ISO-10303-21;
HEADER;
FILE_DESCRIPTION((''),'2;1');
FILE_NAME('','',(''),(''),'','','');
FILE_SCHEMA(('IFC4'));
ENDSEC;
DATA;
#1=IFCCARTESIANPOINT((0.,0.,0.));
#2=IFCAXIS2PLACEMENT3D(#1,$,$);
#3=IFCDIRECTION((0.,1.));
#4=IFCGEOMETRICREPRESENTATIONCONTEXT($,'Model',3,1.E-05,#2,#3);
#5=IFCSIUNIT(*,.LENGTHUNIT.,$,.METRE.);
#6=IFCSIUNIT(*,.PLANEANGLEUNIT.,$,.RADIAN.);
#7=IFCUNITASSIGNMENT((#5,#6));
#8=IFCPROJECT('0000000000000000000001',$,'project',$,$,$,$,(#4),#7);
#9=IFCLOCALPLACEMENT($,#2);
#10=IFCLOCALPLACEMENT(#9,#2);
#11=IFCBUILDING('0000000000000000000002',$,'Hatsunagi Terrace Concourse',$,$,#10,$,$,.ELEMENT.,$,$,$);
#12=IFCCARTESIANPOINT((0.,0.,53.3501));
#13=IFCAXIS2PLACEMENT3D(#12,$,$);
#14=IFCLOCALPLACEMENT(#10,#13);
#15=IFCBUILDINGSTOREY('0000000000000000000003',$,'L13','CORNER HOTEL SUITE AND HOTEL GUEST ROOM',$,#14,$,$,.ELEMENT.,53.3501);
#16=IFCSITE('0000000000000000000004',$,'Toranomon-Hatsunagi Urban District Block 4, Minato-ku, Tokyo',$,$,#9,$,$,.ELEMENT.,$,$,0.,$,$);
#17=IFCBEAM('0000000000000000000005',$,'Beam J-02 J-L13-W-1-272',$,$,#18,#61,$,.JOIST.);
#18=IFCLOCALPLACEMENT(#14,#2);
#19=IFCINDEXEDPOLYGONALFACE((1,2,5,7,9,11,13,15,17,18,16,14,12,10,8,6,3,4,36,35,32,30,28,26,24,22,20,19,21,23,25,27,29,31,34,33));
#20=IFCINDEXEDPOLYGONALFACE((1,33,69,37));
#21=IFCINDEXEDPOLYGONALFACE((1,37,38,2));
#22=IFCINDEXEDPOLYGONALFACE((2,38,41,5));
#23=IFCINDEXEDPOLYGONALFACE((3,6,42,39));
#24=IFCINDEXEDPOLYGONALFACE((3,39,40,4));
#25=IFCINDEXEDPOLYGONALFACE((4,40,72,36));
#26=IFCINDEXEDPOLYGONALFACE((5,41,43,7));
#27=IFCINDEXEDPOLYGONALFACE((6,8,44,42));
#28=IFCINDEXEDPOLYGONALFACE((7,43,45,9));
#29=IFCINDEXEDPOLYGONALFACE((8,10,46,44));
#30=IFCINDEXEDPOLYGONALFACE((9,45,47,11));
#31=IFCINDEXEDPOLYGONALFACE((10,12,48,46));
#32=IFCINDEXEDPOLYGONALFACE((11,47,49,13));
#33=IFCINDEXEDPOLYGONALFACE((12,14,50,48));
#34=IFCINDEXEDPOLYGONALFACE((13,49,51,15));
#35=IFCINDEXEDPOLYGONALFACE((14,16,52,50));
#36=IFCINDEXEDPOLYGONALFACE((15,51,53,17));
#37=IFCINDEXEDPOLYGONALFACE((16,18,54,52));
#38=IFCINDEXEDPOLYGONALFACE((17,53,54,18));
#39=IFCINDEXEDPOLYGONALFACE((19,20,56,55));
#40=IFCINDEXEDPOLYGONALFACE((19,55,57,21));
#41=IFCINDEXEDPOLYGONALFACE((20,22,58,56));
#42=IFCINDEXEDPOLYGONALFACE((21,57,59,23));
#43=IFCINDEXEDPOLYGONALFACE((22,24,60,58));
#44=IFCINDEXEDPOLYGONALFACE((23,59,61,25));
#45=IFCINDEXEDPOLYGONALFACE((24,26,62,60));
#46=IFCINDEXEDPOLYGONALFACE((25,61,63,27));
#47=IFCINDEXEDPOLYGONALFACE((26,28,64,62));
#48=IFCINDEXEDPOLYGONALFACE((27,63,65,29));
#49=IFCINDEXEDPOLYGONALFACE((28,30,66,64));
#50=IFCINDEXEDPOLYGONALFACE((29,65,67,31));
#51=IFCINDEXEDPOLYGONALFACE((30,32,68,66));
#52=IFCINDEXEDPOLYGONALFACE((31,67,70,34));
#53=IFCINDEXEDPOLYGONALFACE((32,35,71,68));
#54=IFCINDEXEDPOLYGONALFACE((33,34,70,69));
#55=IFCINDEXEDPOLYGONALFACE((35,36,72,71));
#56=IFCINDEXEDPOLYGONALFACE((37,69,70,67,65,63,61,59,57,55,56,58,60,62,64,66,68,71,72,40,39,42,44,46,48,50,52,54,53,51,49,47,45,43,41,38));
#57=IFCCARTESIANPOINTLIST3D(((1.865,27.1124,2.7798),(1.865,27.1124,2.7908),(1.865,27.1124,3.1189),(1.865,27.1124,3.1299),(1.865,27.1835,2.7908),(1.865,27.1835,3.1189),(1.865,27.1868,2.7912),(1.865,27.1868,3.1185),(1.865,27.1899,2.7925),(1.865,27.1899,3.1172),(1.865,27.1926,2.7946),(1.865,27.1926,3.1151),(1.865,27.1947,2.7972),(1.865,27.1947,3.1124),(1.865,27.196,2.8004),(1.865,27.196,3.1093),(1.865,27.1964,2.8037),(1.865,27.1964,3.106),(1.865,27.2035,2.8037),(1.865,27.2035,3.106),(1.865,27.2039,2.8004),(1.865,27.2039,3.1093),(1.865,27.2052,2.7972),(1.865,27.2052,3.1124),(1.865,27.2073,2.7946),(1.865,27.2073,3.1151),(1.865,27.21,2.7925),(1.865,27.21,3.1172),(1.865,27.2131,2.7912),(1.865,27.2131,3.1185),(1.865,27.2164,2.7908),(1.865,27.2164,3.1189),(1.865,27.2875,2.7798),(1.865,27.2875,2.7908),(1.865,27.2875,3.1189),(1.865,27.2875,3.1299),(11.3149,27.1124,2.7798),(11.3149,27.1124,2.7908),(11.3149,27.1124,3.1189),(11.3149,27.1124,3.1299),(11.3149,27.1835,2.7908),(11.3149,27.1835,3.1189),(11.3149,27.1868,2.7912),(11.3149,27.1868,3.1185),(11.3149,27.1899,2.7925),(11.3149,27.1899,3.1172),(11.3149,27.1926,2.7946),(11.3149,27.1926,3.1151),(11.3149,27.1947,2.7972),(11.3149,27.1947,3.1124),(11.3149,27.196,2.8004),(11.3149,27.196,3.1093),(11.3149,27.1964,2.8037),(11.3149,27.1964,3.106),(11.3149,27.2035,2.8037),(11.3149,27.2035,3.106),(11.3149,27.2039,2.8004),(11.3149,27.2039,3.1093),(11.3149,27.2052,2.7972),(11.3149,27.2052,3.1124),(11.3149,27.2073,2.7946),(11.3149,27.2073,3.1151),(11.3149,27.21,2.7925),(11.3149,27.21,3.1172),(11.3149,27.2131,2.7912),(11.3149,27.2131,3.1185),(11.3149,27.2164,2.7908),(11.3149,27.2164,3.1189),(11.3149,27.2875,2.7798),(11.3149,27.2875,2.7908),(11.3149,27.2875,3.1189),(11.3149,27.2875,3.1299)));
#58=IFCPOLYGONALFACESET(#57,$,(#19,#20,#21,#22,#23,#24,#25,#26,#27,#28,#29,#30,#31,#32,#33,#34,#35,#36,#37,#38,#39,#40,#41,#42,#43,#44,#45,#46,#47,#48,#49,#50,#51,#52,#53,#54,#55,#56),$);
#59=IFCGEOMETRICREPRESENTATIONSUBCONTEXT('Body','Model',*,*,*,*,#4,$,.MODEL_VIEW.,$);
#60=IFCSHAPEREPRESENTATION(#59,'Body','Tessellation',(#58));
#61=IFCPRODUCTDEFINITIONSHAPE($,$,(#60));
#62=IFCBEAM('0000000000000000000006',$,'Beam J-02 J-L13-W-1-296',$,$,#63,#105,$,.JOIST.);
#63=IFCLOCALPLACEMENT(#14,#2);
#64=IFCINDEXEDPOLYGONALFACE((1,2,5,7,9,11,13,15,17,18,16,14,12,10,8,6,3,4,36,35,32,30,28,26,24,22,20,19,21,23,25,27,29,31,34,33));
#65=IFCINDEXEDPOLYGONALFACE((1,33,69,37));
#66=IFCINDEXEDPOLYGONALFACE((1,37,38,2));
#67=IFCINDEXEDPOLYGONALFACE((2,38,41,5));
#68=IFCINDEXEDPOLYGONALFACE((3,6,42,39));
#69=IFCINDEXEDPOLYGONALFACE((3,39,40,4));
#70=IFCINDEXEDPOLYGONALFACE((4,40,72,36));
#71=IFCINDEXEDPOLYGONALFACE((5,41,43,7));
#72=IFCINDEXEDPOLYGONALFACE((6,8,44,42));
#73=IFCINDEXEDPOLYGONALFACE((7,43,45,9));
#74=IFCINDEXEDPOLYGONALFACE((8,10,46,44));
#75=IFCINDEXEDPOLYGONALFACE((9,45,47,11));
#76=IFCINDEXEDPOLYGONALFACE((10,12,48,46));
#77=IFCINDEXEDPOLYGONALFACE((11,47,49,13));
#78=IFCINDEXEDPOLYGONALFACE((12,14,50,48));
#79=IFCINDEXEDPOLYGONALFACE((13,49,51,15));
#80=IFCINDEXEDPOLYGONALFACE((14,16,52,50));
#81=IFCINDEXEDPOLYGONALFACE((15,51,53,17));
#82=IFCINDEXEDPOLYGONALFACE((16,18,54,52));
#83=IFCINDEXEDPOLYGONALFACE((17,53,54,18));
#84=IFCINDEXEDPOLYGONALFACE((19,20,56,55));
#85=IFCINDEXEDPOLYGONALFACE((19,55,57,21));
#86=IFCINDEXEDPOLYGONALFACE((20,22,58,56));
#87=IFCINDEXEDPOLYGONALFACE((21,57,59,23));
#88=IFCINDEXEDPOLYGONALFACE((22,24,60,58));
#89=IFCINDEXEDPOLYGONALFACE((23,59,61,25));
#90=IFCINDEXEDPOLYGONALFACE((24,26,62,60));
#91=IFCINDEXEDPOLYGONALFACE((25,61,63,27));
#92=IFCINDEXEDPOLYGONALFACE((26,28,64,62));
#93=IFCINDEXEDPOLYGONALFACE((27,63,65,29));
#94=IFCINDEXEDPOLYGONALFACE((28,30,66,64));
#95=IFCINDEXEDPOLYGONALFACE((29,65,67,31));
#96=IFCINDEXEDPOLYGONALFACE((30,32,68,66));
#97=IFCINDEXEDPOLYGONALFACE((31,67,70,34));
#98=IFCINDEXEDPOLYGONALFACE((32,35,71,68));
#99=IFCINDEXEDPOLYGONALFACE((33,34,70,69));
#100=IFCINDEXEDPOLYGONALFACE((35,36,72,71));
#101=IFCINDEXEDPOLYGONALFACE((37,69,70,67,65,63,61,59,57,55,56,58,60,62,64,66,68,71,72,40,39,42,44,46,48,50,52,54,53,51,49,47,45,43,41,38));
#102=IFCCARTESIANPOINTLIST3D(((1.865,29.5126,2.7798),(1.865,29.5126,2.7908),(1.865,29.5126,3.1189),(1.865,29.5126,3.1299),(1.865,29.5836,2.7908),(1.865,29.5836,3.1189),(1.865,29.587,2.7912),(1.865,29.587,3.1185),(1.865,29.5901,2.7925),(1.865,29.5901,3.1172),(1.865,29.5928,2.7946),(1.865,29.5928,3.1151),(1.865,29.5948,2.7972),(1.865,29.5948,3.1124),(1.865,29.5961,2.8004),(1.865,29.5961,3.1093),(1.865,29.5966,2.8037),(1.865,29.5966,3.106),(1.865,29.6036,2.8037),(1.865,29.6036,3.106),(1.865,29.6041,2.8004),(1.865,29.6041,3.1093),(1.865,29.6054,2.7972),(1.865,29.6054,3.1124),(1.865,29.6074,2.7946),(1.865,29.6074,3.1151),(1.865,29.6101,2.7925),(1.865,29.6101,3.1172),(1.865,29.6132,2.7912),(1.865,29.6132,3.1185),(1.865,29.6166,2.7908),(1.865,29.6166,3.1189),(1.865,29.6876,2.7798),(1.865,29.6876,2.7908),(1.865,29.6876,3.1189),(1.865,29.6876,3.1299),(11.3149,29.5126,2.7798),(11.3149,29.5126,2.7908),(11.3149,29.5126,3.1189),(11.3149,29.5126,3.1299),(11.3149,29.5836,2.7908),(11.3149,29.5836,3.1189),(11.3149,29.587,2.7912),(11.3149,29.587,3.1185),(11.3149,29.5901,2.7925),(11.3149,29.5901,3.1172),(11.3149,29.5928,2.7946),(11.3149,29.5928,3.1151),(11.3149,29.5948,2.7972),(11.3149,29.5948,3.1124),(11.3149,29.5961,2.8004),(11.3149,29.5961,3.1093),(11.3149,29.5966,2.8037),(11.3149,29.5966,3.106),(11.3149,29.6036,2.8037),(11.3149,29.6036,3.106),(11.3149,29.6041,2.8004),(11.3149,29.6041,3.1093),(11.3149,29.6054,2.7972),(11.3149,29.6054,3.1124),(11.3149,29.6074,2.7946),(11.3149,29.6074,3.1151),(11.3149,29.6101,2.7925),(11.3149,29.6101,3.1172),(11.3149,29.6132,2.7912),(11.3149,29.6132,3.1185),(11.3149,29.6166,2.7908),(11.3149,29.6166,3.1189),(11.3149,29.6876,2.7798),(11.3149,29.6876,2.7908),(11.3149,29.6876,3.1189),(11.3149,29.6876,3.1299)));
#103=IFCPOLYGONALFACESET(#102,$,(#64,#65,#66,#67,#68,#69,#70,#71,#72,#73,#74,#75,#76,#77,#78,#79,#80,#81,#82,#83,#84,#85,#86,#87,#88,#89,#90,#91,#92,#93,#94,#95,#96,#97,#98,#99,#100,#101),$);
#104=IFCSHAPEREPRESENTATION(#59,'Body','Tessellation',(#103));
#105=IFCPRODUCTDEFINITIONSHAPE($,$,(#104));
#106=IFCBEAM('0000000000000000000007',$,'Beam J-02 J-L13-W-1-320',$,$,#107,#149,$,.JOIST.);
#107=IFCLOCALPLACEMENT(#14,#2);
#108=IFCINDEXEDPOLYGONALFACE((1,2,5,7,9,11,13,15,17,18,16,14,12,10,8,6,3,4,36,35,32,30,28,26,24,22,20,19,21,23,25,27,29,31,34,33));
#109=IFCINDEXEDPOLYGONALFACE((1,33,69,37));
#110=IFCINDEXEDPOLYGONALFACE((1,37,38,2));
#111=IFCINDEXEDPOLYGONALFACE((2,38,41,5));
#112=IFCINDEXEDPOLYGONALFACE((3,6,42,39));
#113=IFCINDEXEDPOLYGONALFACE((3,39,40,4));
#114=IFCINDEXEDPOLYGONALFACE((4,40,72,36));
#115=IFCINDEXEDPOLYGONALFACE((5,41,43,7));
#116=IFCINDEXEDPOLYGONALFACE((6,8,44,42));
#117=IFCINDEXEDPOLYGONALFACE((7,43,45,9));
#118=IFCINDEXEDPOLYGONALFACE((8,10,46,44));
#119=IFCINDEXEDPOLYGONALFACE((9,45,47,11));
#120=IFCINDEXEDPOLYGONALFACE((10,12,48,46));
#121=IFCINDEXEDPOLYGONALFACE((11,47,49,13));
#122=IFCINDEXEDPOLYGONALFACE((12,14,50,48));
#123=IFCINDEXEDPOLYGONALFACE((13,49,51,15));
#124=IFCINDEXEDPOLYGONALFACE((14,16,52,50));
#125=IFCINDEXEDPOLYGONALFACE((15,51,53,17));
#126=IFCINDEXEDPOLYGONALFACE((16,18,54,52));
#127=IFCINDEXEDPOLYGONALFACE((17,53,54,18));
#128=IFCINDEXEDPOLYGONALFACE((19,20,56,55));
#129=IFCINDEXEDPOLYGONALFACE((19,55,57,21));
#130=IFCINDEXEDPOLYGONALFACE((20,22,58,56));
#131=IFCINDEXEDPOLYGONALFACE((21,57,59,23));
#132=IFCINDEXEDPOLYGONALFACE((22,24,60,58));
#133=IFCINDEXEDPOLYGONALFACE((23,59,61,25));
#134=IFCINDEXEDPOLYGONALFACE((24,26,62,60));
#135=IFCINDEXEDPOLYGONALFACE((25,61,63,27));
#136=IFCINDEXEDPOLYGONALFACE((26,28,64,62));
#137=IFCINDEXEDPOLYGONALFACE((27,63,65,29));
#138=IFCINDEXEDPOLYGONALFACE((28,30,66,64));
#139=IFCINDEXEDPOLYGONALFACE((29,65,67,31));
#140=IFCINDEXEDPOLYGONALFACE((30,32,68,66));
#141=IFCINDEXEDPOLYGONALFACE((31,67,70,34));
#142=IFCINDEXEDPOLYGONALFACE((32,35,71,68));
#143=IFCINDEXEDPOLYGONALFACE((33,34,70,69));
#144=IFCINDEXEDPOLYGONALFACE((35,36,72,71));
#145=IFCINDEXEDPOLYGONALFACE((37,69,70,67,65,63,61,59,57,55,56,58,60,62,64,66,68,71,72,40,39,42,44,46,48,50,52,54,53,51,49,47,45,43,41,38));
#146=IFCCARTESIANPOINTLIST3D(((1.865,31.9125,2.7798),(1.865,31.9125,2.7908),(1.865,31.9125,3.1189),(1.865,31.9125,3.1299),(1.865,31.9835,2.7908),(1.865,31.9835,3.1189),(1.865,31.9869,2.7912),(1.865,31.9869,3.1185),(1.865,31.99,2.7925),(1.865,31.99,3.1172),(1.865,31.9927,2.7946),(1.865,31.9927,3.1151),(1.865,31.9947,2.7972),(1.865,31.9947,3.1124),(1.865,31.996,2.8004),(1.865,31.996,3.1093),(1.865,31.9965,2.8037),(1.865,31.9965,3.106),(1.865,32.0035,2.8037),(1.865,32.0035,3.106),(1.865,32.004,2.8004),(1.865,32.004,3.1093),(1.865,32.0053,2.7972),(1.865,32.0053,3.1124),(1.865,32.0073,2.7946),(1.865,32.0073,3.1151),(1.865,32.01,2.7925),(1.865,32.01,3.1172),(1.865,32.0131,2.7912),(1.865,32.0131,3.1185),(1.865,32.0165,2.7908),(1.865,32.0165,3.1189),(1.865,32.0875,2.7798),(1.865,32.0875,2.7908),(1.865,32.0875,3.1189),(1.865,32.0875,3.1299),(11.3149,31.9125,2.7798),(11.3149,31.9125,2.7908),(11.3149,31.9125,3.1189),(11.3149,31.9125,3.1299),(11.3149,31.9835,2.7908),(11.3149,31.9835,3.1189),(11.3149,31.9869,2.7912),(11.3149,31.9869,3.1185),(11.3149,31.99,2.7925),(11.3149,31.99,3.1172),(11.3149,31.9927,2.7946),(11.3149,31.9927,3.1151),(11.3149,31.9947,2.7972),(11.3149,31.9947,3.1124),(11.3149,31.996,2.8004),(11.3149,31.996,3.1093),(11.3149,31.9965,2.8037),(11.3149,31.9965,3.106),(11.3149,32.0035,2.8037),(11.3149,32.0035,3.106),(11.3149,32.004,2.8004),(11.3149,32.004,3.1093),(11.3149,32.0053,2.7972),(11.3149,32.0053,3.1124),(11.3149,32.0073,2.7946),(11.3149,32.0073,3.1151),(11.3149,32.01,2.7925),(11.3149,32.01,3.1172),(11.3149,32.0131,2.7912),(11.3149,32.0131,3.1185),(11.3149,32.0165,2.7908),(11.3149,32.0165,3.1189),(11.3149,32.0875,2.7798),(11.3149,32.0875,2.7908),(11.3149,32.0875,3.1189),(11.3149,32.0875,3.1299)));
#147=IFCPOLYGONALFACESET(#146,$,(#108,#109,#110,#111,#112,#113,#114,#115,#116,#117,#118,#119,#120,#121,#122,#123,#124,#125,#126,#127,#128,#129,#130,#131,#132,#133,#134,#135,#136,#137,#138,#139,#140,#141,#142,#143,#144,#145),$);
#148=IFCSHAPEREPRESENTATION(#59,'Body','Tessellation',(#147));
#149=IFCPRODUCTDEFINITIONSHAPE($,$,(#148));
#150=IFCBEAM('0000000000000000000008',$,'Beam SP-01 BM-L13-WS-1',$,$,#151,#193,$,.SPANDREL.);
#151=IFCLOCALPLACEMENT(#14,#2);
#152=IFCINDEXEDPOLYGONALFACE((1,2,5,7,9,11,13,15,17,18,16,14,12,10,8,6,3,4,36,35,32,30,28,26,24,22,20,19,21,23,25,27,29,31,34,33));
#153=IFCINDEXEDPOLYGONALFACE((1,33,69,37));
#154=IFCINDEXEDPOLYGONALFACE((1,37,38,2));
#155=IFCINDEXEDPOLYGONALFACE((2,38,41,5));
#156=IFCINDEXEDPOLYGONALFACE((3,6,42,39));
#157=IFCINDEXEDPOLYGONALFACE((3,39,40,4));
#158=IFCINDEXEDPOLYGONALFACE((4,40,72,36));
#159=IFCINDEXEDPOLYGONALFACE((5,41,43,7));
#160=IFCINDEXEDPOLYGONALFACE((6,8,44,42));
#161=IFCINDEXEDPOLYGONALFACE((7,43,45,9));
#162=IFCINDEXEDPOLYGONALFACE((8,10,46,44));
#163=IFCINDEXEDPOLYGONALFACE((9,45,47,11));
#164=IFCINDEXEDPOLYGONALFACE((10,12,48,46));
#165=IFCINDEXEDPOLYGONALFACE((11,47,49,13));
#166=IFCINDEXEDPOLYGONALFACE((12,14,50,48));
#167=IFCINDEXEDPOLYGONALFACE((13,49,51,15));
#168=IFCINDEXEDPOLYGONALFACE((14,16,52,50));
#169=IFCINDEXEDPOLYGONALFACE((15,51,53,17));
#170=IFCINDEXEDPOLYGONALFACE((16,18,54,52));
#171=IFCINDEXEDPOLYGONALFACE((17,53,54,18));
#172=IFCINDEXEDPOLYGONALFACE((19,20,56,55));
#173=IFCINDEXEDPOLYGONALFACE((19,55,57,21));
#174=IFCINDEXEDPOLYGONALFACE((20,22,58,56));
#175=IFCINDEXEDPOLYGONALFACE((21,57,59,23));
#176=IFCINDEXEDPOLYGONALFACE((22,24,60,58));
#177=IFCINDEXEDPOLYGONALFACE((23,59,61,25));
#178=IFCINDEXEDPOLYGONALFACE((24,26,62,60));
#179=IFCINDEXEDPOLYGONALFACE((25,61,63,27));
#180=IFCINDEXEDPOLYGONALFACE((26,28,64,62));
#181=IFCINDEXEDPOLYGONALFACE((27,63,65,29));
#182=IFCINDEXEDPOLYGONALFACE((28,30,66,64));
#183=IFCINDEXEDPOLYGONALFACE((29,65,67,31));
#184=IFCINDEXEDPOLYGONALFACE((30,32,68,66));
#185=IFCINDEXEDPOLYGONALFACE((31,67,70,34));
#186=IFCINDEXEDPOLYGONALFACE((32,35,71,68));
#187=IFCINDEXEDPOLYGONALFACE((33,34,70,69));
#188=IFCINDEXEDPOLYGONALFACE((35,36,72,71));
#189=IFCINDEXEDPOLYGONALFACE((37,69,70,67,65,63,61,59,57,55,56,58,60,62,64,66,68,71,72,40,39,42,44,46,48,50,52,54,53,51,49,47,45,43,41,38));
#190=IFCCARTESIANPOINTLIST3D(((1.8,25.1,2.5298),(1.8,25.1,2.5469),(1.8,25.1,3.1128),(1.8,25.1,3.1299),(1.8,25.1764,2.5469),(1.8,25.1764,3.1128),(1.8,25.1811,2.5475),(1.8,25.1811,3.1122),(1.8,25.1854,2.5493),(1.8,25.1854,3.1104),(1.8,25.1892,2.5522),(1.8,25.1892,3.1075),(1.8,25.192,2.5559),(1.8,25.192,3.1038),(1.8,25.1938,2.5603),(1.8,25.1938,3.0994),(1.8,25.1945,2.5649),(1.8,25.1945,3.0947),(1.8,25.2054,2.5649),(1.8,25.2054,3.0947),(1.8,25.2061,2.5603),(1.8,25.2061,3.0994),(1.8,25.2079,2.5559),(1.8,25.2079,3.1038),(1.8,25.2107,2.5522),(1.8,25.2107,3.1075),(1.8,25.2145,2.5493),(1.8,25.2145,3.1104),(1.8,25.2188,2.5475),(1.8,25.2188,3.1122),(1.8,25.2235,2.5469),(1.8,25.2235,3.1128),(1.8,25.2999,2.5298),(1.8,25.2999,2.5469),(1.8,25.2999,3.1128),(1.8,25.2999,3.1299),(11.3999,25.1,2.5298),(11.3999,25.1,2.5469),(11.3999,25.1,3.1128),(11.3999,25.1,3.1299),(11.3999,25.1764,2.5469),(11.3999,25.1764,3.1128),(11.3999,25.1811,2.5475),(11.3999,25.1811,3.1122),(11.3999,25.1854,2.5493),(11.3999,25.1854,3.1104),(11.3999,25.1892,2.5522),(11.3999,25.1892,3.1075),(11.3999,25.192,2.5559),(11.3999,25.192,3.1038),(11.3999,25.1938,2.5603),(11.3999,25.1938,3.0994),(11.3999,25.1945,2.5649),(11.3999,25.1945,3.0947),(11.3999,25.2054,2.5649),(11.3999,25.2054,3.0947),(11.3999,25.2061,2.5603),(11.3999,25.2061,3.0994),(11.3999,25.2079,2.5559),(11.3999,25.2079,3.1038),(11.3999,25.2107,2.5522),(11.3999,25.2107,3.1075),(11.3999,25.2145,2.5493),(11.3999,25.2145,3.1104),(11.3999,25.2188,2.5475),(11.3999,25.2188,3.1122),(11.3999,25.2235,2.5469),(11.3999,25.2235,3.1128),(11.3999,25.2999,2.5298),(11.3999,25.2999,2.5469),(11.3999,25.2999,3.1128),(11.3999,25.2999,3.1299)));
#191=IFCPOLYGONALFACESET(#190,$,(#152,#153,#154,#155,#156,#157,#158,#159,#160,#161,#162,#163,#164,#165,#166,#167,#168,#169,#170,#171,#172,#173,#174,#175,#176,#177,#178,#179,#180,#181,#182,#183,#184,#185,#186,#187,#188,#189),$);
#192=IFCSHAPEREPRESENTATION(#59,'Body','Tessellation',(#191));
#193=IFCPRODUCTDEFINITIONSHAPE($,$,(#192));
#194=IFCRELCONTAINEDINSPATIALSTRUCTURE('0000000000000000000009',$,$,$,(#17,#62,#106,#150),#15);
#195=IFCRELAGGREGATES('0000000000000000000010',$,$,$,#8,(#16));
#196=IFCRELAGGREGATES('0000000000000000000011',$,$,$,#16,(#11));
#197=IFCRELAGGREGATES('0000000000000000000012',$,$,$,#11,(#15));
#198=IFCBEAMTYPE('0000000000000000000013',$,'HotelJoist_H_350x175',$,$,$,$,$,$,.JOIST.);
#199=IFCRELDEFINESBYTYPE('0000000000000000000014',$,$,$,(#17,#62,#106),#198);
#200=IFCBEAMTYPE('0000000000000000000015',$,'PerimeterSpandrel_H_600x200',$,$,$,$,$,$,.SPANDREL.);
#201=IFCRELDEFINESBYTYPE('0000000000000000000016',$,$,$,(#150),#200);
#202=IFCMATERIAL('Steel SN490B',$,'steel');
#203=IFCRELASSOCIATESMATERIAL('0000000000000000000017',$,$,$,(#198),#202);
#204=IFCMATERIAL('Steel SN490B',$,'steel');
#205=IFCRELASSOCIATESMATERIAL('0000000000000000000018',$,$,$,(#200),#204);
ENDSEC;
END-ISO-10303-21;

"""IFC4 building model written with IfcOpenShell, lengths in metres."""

from ifc_helpers import new_model, si_unit, direction, frame, origin, origin_2d, place, context, subcontext, project, spatial, i_section, extrude, material, material_profile, profile_set, type_object, element, save


model = new_model("IFC4")

# Units and contexts
model_context = context("Model", 3, precision=1e-05, world=origin(), true_north=direction((0.0, 1.0)))
body_context = subcontext(model_context, "Body", "Model", "MODEL_VIEW")
ifc_project = project(units=[si_unit("LENGTHUNIT", "METRE"), si_unit("PLANEANGLEUNIT", "RADIAN")], contexts=[model_context])

# Site, building, storey
site_placement = place(None, origin())
site = spatial("IfcSite", under=ifc_project, at=site_placement, Name="Toranomon-Hatsunagi Urban District Block 4, Minato-ku, Tokyo", CompositionType="ELEMENT", RefElevation=0.0)
building_placement = place(site_placement, origin())
building = spatial("IfcBuilding", under=site, at=building_placement, Name="Hatsunagi Terrace Concourse", CompositionType="ELEMENT")
storey_placement = place(building_placement, frame((0.0, 0.0, 53.3501)))
storey = spatial("IfcBuildingStorey", under=building, at=storey_placement, Name="L13", Description="CORNER HOTEL SUITE AND HOTEL GUEST ROOM", CompositionType="ELEMENT", Elevation=53.3501)

# Beams
ifc_material_1 = material(Name="Steel SN490B", Category="steel")
ifc_material_profile_1 = material_profile(ifc_material_1, i_section(OverallWidth=0.175, OverallDepth=0.3501, WebThickness=0.0071, FlangeThickness=0.011, FilletRadius=0.0129, at=origin_2d()), Name="H-350x175x7x11")
ifc_profile_set_1 = profile_set([ifc_material_profile_1], Name="Steel SN490B")
beam_type_1 = type_object("IfcBeamType", Name="HotelJoist_H_350x175", PredefinedType="JOIST", material=ifc_profile_set_1)
for number, where, z_axis, x_axis, name in (
    (1, (1.865, 27.2, 2.9548), (1.0, 0.0, 0.0), (0.0, 1.0, 0.0), "Beam J-02 J-L13-W-1-272"),
    (2, (1.865, 29.6001, 2.9548), (1.0, 0.0, 0.0), (0.0, 1.0, 0.0), "Beam J-02 J-L13-W-1-296"),
    (3, (1.865, 32.0, 2.9548), (1.0, 0.0, 0.0), (0.0, 1.0, 0.0), "Beam J-02 J-L13-W-1-320"),
):
    element("IfcBeam", number, at=place(storey_placement, frame(where, z_axis=z_axis, x_axis=x_axis)), inside=storey, type_object=beam_type_1, Name=name, PredefinedType="JOIST", context=body_context, shape_type="SweptSolid", body=[
        extrude(i_section(OverallWidth=0.175, OverallDepth=0.3501, WebThickness=0.0071, FlangeThickness=0.011, FilletRadius=0.0129, at=origin_2d()), origin(), (0.0, 0.0, 1.0), 9.45),
    ])
ifc_material_2 = material(Name="Steel SN490B", Category="steel")
ifc_material_profile_2 = material_profile(ifc_material_2, i_section(OverallWidth=0.2, OverallDepth=0.6001, WebThickness=0.011, FlangeThickness=0.0171, FilletRadius=0.0181, at=origin_2d()), Name="H-600x200x11x17")
ifc_profile_set_2 = profile_set([ifc_material_profile_2], Name="Steel SN490B")
beam_type_2 = type_object("IfcBeamType", Name="PerimeterSpandrel_H_600x200", PredefinedType="SPANDREL", material=ifc_profile_set_2)
beam_1_placement = place(storey_placement, frame((1.8, 25.2, 2.8298), z_axis=(1.0, 0.0, 0.0), x_axis=(0.0, 1.0, 0.0)))
element("IfcBeam", 4, at=beam_1_placement, inside=storey, type_object=beam_type_2, Name="Beam SP-01 BM-L13-WS-1", PredefinedType="SPANDREL", context=body_context, shape_type="SweptSolid", body=[
    extrude(i_section(OverallWidth=0.2, OverallDepth=0.6001, WebThickness=0.011, FlangeThickness=0.0171, FilletRadius=0.0181, at=origin_2d()), origin(), (0.0, 0.0, 1.0), 9.5999),
])

save(model, "model.ifc")
